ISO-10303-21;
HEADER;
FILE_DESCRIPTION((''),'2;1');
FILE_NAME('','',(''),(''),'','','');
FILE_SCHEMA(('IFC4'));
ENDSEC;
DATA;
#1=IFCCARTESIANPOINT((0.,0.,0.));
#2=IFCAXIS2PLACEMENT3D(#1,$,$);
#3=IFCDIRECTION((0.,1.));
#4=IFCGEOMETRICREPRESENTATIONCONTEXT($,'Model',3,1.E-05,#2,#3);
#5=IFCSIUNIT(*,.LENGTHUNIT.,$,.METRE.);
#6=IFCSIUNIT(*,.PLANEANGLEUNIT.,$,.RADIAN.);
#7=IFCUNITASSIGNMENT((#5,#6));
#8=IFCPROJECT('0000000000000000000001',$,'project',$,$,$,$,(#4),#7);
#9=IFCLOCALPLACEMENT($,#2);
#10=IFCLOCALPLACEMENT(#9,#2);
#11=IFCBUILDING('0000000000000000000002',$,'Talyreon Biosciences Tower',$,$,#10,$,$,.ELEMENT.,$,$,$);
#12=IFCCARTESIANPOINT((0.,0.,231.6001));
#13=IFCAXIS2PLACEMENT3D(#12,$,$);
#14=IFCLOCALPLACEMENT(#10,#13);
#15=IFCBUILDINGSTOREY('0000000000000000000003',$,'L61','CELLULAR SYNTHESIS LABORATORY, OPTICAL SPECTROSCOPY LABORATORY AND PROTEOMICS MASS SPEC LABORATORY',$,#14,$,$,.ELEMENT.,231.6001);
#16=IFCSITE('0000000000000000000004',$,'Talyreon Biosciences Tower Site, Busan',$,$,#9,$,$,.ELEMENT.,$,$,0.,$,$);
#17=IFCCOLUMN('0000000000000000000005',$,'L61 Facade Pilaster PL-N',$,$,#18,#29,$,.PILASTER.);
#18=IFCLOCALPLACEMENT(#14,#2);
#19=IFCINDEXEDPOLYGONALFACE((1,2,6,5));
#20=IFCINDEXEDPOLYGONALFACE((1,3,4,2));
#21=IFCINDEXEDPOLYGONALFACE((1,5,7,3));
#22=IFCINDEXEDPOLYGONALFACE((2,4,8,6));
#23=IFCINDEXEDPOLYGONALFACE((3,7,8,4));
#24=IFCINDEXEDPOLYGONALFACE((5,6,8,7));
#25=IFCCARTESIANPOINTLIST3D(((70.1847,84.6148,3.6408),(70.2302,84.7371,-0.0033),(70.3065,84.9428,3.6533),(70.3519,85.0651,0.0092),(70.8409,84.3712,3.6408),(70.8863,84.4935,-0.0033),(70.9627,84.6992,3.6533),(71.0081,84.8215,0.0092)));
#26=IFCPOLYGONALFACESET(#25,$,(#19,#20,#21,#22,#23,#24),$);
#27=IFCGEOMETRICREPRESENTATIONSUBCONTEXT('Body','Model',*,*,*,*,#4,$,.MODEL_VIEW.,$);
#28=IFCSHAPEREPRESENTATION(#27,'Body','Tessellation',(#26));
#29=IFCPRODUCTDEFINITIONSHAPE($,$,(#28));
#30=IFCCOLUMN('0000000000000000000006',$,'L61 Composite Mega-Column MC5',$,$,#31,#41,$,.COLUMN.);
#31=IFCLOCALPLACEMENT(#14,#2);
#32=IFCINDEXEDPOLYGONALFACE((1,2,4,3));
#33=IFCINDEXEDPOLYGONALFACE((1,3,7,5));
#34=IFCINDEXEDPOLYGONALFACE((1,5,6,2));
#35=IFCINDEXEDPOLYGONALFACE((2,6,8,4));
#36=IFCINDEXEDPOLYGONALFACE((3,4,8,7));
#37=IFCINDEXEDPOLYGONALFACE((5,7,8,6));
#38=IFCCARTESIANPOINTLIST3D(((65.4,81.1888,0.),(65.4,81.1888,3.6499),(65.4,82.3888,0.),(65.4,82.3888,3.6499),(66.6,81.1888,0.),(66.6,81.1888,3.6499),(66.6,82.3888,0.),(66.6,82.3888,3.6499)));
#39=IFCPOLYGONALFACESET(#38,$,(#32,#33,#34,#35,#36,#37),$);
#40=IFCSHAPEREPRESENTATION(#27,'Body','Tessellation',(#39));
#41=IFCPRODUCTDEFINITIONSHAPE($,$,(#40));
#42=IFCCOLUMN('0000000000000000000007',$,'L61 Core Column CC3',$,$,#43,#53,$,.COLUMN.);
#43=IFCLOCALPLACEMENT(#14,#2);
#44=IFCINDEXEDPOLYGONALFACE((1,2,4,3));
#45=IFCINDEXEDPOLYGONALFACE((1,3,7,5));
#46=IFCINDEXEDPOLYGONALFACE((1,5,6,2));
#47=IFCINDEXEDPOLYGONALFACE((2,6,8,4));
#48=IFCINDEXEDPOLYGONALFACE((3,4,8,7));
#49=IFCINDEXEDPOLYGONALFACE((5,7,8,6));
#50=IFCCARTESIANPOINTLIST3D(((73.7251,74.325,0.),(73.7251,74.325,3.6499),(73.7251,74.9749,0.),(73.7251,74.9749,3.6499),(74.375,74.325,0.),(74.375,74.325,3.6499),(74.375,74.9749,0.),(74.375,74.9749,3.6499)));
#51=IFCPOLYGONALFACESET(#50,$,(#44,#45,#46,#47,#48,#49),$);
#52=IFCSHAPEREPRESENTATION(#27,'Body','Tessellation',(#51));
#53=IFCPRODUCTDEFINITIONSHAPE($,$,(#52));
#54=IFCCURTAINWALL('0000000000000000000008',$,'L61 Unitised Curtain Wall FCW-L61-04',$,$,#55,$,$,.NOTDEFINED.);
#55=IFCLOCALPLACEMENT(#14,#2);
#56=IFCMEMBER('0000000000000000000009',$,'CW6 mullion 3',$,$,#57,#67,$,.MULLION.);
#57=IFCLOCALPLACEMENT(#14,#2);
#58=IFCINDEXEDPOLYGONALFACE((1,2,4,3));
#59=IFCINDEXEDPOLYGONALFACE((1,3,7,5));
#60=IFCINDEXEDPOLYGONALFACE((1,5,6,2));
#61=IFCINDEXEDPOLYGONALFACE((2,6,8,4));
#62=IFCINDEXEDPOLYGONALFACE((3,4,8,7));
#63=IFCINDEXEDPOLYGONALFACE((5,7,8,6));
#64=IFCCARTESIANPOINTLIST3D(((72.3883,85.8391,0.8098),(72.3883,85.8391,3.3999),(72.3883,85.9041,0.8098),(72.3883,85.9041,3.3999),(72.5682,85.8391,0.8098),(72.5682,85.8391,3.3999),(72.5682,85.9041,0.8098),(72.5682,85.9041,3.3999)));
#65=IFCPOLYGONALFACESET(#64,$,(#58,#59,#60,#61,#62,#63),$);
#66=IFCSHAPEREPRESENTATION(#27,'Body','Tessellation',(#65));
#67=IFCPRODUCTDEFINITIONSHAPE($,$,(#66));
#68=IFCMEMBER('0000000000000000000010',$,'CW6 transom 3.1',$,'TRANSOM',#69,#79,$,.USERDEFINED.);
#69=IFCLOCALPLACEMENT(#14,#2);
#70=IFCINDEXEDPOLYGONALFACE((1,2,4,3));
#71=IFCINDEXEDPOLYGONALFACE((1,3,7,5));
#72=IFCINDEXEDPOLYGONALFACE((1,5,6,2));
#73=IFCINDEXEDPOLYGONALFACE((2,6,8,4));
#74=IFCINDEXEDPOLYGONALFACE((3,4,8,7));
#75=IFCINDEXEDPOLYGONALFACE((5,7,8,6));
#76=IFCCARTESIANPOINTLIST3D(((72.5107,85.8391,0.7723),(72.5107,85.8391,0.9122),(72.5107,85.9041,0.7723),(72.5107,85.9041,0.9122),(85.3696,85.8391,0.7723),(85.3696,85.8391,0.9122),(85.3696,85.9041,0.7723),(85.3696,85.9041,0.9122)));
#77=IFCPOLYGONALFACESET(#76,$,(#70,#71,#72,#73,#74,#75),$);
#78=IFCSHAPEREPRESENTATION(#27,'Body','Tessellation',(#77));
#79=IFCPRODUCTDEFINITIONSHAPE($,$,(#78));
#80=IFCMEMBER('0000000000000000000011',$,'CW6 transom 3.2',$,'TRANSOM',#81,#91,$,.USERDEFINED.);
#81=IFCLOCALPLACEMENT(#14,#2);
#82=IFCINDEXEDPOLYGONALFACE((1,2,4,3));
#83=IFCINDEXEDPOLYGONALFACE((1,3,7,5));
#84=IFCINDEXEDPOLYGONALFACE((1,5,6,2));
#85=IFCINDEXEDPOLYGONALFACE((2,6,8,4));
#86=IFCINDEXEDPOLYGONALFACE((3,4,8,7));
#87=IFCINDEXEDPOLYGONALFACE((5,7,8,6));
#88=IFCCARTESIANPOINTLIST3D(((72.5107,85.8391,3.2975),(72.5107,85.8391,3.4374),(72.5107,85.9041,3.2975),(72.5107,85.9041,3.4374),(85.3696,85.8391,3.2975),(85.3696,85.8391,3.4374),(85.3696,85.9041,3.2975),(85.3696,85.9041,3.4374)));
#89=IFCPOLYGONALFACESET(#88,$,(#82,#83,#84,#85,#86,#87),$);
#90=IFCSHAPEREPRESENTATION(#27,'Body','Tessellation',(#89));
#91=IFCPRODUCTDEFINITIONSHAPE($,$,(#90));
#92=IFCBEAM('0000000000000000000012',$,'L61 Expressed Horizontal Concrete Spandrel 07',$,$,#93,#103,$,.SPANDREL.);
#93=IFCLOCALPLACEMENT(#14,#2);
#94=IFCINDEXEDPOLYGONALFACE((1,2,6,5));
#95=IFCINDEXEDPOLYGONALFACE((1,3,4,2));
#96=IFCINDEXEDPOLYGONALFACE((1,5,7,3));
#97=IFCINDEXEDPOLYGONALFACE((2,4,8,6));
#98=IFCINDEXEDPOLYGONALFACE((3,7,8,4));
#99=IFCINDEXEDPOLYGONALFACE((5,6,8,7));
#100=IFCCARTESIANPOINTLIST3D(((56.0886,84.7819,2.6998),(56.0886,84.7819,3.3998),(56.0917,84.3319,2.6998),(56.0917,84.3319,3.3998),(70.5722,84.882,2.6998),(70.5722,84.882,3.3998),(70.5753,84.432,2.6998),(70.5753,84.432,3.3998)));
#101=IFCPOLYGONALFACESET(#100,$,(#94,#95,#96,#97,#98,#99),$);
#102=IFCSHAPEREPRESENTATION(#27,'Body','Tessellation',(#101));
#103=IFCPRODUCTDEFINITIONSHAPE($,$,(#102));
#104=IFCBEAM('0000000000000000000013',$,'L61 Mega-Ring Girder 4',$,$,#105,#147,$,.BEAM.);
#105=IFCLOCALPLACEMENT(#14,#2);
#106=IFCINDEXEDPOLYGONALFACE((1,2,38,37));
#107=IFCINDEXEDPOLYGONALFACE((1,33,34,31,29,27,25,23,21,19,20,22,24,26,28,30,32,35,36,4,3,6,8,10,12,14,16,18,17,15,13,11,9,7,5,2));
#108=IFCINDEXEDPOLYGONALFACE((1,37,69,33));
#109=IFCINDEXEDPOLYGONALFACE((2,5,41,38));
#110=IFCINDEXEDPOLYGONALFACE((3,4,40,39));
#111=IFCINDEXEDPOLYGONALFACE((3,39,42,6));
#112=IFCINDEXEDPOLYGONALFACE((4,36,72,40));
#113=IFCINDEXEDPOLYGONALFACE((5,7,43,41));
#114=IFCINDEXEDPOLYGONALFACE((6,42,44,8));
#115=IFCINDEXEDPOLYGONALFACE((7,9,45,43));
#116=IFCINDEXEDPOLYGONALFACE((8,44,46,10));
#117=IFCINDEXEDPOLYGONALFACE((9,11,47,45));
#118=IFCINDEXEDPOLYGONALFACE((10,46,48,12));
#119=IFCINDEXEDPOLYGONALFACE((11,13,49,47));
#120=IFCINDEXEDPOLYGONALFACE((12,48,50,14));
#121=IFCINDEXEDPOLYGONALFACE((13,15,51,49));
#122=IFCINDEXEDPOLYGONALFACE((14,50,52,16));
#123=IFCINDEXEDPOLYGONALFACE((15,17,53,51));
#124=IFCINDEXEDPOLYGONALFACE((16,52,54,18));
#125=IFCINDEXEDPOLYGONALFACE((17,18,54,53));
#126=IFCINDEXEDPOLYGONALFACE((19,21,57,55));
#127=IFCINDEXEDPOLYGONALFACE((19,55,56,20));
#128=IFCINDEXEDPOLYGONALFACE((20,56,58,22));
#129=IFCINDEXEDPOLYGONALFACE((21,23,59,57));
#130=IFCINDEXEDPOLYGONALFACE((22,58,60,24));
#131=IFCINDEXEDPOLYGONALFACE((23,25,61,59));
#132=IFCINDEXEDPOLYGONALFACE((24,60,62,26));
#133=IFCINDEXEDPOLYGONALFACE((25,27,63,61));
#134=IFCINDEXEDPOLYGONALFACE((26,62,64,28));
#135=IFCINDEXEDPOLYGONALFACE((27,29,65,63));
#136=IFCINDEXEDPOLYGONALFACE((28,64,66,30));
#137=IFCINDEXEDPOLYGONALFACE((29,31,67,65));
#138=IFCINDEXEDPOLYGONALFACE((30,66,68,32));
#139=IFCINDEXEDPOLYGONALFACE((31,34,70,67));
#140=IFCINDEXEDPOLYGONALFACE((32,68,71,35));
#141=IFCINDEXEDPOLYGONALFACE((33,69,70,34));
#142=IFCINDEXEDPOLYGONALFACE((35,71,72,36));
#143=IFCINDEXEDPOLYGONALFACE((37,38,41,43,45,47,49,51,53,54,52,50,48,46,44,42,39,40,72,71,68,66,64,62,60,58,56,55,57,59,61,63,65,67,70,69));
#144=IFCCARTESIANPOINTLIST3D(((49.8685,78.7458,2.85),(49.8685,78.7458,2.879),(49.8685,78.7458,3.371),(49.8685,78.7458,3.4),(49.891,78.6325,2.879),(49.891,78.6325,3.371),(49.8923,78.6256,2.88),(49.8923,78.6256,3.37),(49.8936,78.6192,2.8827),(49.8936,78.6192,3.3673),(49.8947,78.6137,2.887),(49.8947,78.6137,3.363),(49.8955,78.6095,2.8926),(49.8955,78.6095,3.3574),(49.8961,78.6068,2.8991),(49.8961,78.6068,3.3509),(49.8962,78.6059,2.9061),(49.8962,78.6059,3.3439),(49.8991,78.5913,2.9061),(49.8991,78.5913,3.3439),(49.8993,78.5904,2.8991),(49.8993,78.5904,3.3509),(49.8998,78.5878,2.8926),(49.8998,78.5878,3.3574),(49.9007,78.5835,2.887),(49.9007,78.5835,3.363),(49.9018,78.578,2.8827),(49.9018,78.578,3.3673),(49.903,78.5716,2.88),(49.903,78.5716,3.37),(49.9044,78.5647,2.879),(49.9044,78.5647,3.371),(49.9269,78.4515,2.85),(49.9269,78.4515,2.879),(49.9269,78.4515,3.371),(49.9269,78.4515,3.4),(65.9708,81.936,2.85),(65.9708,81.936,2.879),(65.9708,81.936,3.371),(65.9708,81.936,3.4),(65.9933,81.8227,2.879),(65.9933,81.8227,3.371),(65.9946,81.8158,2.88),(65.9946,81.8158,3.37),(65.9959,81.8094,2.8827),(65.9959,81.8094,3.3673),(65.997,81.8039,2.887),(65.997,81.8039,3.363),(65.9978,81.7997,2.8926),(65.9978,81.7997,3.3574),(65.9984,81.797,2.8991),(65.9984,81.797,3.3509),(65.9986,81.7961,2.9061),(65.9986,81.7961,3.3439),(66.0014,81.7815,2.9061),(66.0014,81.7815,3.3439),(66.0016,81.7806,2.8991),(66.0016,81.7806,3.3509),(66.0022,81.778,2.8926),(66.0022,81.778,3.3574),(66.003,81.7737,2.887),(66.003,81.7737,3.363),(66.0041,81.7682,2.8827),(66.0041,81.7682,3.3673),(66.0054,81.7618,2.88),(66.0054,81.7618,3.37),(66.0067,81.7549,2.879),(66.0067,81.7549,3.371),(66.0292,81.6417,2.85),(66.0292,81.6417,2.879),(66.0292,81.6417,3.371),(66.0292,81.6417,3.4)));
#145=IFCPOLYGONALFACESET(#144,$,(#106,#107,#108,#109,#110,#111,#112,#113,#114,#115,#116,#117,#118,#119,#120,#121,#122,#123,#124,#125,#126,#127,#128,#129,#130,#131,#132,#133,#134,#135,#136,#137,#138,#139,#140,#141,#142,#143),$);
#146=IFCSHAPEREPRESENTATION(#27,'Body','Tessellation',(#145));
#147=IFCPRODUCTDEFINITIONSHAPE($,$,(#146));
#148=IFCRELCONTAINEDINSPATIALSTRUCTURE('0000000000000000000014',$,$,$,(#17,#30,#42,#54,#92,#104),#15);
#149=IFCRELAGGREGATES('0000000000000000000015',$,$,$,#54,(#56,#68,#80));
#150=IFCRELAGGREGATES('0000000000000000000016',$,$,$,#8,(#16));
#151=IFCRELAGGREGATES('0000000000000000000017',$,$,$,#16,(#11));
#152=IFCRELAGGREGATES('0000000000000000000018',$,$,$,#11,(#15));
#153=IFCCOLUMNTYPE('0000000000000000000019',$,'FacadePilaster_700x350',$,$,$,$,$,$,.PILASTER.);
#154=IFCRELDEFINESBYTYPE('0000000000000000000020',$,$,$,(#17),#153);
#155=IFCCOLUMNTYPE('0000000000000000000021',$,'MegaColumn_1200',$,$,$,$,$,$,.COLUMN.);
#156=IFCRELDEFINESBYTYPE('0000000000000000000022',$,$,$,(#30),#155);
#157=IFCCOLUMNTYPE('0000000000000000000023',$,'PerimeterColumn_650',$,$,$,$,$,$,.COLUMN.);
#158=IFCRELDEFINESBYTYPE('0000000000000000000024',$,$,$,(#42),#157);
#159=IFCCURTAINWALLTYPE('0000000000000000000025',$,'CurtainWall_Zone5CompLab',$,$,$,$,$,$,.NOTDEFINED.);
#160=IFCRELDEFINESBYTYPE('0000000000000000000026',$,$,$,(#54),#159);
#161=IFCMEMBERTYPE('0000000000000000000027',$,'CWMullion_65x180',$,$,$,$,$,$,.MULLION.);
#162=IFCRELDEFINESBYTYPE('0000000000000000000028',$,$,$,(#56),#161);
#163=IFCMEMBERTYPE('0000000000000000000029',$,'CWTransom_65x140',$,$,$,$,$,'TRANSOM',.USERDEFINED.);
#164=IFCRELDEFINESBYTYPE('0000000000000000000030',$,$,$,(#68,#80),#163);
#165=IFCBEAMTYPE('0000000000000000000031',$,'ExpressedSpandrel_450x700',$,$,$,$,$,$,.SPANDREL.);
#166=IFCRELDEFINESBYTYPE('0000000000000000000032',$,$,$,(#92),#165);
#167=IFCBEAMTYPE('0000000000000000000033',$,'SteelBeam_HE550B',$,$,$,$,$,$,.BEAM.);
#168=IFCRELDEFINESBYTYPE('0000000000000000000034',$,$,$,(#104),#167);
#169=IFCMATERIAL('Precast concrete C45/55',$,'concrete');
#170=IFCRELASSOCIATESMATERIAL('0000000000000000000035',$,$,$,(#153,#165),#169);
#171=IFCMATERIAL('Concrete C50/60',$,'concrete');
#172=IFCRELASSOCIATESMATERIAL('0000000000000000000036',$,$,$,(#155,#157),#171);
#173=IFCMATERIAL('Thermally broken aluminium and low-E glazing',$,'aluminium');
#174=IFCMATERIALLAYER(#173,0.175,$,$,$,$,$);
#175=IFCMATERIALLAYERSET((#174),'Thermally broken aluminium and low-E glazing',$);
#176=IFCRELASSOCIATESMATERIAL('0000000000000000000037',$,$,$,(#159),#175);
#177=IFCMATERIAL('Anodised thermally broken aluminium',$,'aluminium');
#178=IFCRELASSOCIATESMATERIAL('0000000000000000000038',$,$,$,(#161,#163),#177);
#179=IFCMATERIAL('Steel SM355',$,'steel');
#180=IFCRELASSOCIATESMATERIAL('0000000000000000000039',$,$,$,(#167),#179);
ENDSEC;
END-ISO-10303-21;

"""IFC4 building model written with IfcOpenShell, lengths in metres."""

from ifc_helpers import new_model, si_unit, direction, frame, origin, origin_2d, place, context, subcontext, project, spatial, rectangle, i_section, extrude, material, layer, layer_set, material_profile, profile_set, type_object, element, aggregate, save


model = new_model("IFC4")

# Units and contexts
model_context = context("Model", 3, precision=1e-05, world=origin(), true_north=direction((0.0, 1.0)))
body_context = subcontext(model_context, "Body", "Model", "MODEL_VIEW")
ifc_project = project(units=[si_unit("LENGTHUNIT", "METRE"), si_unit("PLANEANGLEUNIT", "RADIAN")], contexts=[model_context])

# Site, building, storey
site_placement = place(None, origin())
site = spatial("IfcSite", under=ifc_project, at=site_placement, Name="Talyreon Biosciences Tower Site, Busan", CompositionType="ELEMENT", RefElevation=0.0)
building_placement = place(site_placement, origin())
building = spatial("IfcBuilding", under=site, at=building_placement, Name="Talyreon Biosciences Tower", CompositionType="ELEMENT")
storey_placement = place(building_placement, frame((0.0, 0.0, 231.6001)))
storey = spatial("IfcBuildingStorey", under=building, at=storey_placement, Name="L61", Description="CELLULAR SYNTHESIS LABORATORY, OPTICAL SPECTROSCOPY LABORATORY AND PROTEOMICS MASS SPEC LABORATORY", CompositionType="ELEMENT", Elevation=231.6001)

# Columns
ifc_material_1 = material(Name="Precast concrete C45/55", Category="concrete")
ifc_material_profile_1 = material_profile(ifc_material_1, rectangle(XDim=0.7, YDim=0.3501, at=origin_2d()), Name="RC 700x350")
ifc_profile_set_1 = profile_set([ifc_material_profile_1], Name="Precast concrete C45/55")
column_type_1 = type_object("IfcColumnType", Name="FacadePilaster_700x350", PredefinedType="PILASTER", material=ifc_profile_set_1)
column_1_placement = place(storey_placement, frame((70.6191, 84.7793, 0.0029), z_axis=(-0.012453, -0.033544, 0.99936), x_axis=(-0.937478, 0.348046, 0.0)))
element("IfcColumn", 1, at=column_1_placement, inside=storey, type_object=column_type_1, Name="L61 Facade Pilaster PL-N", PredefinedType="PILASTER", context=body_context, shape_type="SweptSolid", body=[
    extrude(rectangle(XDim=0.7, YDim=0.3501, at=origin_2d()), origin(), (0.0, 0.0, 1.0), 3.6465),
])
ifc_material_2 = material(Name="Concrete C50/60", Category="concrete")
ifc_material_profile_2 = material_profile(ifc_material_2, rectangle(XDim=1.2, YDim=1.2, at=origin_2d()), Name="RC 1200x1200")
ifc_profile_set_2 = profile_set([ifc_material_profile_2], Name="Concrete C50/60")
column_type_2 = type_object("IfcColumnType", Name="MegaColumn_1200", PredefinedType="COLUMN", material=ifc_profile_set_2)
column_2_placement = place(storey_placement, frame((66.0, 81.7888, 0.0), z_axis=(0.0, 0.0, 1.0), x_axis=(1.0, 0.0, 0.0)))
element("IfcColumn", 2, at=column_2_placement, inside=storey, type_object=column_type_2, Name="L61 Composite Mega-Column MC5", PredefinedType="COLUMN", context=body_context, shape_type="SweptSolid", body=[
    extrude(rectangle(XDim=1.2, YDim=1.2, at=origin_2d()), origin(), (0.0, 0.0, 1.0), 3.6499),
])
ifc_material_profile_3 = material_profile(ifc_material_2, rectangle(XDim=0.6499, YDim=0.6499, at=origin_2d()), Name="RC 650x650")
ifc_profile_set_3 = profile_set([ifc_material_profile_3], Name="Concrete C50/60")
column_type_3 = type_object("IfcColumnType", Name="PerimeterColumn_650", PredefinedType="COLUMN", material=ifc_profile_set_3)
column_3_placement = place(storey_placement, frame((74.05, 74.6499, 0.0), z_axis=(0.0, 0.0, 1.0), x_axis=(1.0, 0.0, 0.0)))
element("IfcColumn", 3, at=column_3_placement, inside=storey, type_object=column_type_3, Name="L61 Core Column CC3", PredefinedType="COLUMN", context=body_context, shape_type="SweptSolid", body=[
    extrude(rectangle(XDim=0.6499, YDim=0.6499, at=origin_2d()), origin(), (0.0, 0.0, 1.0), 3.6499),
])

# Curtain wall, members
ifc_material_3 = material(Name="Thermally broken aluminium and low-E glazing", Category="aluminium")
ifc_layer_1 = layer(ifc_material_3, 0.175)
ifc_layer_set_1 = layer_set([ifc_layer_1], Name="Thermally broken aluminium and low-E glazing")
curtain_wall_type = type_object("IfcCurtainWallType", Name="CurtainWall_Zone5CompLab", PredefinedType="NOTDEFINED", material=ifc_layer_set_1)
curtain_wall_placement = place(storey_placement, origin())
curtain_wall = element("IfcCurtainWall", 4, at=curtain_wall_placement, inside=storey, type_object=curtain_wall_type, Name="L61 Unitised Curtain Wall FCW-L61-04", PredefinedType="NOTDEFINED")
ifc_material_4 = material(Name="Anodised thermally broken aluminium", Category="aluminium")
ifc_material_profile_4 = material_profile(ifc_material_4, rectangle(XDim=0.0649, YDim=0.1799, at=origin_2d()), Name="ALUM MULLION 65x180")
ifc_profile_set_4 = profile_set([ifc_material_profile_4], Name="Anodised thermally broken aluminium")
member_type_1 = type_object("IfcMemberType", Name="CWMullion_65x180", PredefinedType="MULLION", material=ifc_profile_set_4)
member_1_placement = place(storey_placement, frame((72.4783, 85.8716, 0.8098), z_axis=(0.0, 0.0, 1.0), x_axis=(0.0, 1.0, 0.0)))
member_1 = element("IfcMember", 5, at=member_1_placement, type_object=member_type_1, Name="CW6 mullion 3", PredefinedType="MULLION", context=body_context, shape_type="SweptSolid", body=[
    extrude(rectangle(XDim=0.0649, YDim=0.1799, at=origin_2d()), origin(), (0.0, 0.0, 1.0), 2.5901),
])
ifc_material_profile_5 = material_profile(ifc_material_4, rectangle(XDim=0.0649, YDim=0.1399, at=origin_2d()), Name="ALUM TRANSOM 65x140")
ifc_profile_set_5 = profile_set([ifc_material_profile_5], Name="Anodised thermally broken aluminium")
member_type_2 = type_object("IfcMemberType", Name="CWTransom_65x140", ElementType="TRANSOM", PredefinedType="USERDEFINED", material=ifc_profile_set_5)
member_2_placement = place(storey_placement, frame((72.5107, 85.8716, 0.8423), z_axis=(1.0, 0.0, 0.0), x_axis=(0.0, 1.0, 0.0)))
member_2 = element("IfcMember", 6, at=member_2_placement, type_object=member_type_2, Name="CW6 transom 3.1", ObjectType="TRANSOM", PredefinedType="USERDEFINED", context=body_context, shape_type="SweptSolid", body=[
    extrude(rectangle(XDim=0.0649, YDim=0.1399, at=origin_2d()), origin(), (0.0, 0.0, 1.0), 12.8589),
])
member_3_placement = place(storey_placement, frame((72.5107, 85.8716, 3.3674), z_axis=(1.0, 0.0, 0.0), x_axis=(0.0, 1.0, 0.0)))
member_3 = element("IfcMember", 7, at=member_3_placement, type_object=member_type_2, Name="CW6 transom 3.2", ObjectType="TRANSOM", PredefinedType="USERDEFINED", context=body_context, shape_type="SweptSolid", body=[
    extrude(rectangle(XDim=0.0649, YDim=0.1399, at=origin_2d()), origin(), (0.0, 0.0, 1.0), 12.8589),
])

# Beams
ifc_material_profile_6 = material_profile(ifc_material_1, rectangle(XDim=0.45, YDim=0.7, at=origin_2d()), Name="RCB 450x700")
ifc_profile_set_6 = profile_set([ifc_material_profile_6], Name="Precast concrete C45/55")
beam_type_1 = type_object("IfcBeamType", Name="ExpressedSpandrel_450x700", PredefinedType="SPANDREL", material=ifc_profile_set_6)
beam_1_placement = place(storey_placement, frame((70.5737, 84.657, 3.0498), z_axis=(-0.999976, -0.006911, 0.0), x_axis=(0.006911, -0.999976, 0.0)))
element("IfcBeam", 8, at=beam_1_placement, inside=storey, type_object=beam_type_1, Name="L61 Expressed Horizontal Concrete Spandrel 07", PredefinedType="SPANDREL", context=body_context, shape_type="SweptSolid", body=[
    extrude(rectangle(XDim=0.45, YDim=0.7, at=origin_2d()), origin(), (0.0, 0.0, 1.0), 14.4839),
])
ifc_material_5 = material(Name="Steel SM355", Category="steel")
ifc_material_profile_7 = material_profile(ifc_material_5, i_section(OverallWidth=0.3, OverallDepth=0.55, WebThickness=0.0149, FlangeThickness=0.0291, FilletRadius=0.0271, at=origin_2d()), Name="HE550B")
ifc_profile_set_7 = profile_set([ifc_material_profile_7], Name="Steel SM355")
beam_type_2 = type_object("IfcBeamType", Name="SteelBeam_HE550B", PredefinedType="BEAM", material=ifc_profile_set_7)
beam_2_placement = place(storey_placement, frame((66.0, 81.7888, 3.125), z_axis=(-0.980934, -0.194343, 0.0), x_axis=(0.194343, -0.980934, 0.0)))
element("IfcBeam", 9, at=beam_2_placement, inside=storey, type_object=beam_type_2, Name="L61 Mega-Ring Girder 4", PredefinedType="BEAM", context=body_context, shape_type="SweptSolid", body=[
    extrude(i_section(OverallWidth=0.3, OverallDepth=0.55, WebThickness=0.0149, FlangeThickness=0.0291, FilletRadius=0.0271, at=origin_2d()), origin(), (0.0, 0.0, 1.0), 16.4153),
])

aggregate(curtain_wall, [member_1, member_2, member_3])

save(model, "model.ifc")
